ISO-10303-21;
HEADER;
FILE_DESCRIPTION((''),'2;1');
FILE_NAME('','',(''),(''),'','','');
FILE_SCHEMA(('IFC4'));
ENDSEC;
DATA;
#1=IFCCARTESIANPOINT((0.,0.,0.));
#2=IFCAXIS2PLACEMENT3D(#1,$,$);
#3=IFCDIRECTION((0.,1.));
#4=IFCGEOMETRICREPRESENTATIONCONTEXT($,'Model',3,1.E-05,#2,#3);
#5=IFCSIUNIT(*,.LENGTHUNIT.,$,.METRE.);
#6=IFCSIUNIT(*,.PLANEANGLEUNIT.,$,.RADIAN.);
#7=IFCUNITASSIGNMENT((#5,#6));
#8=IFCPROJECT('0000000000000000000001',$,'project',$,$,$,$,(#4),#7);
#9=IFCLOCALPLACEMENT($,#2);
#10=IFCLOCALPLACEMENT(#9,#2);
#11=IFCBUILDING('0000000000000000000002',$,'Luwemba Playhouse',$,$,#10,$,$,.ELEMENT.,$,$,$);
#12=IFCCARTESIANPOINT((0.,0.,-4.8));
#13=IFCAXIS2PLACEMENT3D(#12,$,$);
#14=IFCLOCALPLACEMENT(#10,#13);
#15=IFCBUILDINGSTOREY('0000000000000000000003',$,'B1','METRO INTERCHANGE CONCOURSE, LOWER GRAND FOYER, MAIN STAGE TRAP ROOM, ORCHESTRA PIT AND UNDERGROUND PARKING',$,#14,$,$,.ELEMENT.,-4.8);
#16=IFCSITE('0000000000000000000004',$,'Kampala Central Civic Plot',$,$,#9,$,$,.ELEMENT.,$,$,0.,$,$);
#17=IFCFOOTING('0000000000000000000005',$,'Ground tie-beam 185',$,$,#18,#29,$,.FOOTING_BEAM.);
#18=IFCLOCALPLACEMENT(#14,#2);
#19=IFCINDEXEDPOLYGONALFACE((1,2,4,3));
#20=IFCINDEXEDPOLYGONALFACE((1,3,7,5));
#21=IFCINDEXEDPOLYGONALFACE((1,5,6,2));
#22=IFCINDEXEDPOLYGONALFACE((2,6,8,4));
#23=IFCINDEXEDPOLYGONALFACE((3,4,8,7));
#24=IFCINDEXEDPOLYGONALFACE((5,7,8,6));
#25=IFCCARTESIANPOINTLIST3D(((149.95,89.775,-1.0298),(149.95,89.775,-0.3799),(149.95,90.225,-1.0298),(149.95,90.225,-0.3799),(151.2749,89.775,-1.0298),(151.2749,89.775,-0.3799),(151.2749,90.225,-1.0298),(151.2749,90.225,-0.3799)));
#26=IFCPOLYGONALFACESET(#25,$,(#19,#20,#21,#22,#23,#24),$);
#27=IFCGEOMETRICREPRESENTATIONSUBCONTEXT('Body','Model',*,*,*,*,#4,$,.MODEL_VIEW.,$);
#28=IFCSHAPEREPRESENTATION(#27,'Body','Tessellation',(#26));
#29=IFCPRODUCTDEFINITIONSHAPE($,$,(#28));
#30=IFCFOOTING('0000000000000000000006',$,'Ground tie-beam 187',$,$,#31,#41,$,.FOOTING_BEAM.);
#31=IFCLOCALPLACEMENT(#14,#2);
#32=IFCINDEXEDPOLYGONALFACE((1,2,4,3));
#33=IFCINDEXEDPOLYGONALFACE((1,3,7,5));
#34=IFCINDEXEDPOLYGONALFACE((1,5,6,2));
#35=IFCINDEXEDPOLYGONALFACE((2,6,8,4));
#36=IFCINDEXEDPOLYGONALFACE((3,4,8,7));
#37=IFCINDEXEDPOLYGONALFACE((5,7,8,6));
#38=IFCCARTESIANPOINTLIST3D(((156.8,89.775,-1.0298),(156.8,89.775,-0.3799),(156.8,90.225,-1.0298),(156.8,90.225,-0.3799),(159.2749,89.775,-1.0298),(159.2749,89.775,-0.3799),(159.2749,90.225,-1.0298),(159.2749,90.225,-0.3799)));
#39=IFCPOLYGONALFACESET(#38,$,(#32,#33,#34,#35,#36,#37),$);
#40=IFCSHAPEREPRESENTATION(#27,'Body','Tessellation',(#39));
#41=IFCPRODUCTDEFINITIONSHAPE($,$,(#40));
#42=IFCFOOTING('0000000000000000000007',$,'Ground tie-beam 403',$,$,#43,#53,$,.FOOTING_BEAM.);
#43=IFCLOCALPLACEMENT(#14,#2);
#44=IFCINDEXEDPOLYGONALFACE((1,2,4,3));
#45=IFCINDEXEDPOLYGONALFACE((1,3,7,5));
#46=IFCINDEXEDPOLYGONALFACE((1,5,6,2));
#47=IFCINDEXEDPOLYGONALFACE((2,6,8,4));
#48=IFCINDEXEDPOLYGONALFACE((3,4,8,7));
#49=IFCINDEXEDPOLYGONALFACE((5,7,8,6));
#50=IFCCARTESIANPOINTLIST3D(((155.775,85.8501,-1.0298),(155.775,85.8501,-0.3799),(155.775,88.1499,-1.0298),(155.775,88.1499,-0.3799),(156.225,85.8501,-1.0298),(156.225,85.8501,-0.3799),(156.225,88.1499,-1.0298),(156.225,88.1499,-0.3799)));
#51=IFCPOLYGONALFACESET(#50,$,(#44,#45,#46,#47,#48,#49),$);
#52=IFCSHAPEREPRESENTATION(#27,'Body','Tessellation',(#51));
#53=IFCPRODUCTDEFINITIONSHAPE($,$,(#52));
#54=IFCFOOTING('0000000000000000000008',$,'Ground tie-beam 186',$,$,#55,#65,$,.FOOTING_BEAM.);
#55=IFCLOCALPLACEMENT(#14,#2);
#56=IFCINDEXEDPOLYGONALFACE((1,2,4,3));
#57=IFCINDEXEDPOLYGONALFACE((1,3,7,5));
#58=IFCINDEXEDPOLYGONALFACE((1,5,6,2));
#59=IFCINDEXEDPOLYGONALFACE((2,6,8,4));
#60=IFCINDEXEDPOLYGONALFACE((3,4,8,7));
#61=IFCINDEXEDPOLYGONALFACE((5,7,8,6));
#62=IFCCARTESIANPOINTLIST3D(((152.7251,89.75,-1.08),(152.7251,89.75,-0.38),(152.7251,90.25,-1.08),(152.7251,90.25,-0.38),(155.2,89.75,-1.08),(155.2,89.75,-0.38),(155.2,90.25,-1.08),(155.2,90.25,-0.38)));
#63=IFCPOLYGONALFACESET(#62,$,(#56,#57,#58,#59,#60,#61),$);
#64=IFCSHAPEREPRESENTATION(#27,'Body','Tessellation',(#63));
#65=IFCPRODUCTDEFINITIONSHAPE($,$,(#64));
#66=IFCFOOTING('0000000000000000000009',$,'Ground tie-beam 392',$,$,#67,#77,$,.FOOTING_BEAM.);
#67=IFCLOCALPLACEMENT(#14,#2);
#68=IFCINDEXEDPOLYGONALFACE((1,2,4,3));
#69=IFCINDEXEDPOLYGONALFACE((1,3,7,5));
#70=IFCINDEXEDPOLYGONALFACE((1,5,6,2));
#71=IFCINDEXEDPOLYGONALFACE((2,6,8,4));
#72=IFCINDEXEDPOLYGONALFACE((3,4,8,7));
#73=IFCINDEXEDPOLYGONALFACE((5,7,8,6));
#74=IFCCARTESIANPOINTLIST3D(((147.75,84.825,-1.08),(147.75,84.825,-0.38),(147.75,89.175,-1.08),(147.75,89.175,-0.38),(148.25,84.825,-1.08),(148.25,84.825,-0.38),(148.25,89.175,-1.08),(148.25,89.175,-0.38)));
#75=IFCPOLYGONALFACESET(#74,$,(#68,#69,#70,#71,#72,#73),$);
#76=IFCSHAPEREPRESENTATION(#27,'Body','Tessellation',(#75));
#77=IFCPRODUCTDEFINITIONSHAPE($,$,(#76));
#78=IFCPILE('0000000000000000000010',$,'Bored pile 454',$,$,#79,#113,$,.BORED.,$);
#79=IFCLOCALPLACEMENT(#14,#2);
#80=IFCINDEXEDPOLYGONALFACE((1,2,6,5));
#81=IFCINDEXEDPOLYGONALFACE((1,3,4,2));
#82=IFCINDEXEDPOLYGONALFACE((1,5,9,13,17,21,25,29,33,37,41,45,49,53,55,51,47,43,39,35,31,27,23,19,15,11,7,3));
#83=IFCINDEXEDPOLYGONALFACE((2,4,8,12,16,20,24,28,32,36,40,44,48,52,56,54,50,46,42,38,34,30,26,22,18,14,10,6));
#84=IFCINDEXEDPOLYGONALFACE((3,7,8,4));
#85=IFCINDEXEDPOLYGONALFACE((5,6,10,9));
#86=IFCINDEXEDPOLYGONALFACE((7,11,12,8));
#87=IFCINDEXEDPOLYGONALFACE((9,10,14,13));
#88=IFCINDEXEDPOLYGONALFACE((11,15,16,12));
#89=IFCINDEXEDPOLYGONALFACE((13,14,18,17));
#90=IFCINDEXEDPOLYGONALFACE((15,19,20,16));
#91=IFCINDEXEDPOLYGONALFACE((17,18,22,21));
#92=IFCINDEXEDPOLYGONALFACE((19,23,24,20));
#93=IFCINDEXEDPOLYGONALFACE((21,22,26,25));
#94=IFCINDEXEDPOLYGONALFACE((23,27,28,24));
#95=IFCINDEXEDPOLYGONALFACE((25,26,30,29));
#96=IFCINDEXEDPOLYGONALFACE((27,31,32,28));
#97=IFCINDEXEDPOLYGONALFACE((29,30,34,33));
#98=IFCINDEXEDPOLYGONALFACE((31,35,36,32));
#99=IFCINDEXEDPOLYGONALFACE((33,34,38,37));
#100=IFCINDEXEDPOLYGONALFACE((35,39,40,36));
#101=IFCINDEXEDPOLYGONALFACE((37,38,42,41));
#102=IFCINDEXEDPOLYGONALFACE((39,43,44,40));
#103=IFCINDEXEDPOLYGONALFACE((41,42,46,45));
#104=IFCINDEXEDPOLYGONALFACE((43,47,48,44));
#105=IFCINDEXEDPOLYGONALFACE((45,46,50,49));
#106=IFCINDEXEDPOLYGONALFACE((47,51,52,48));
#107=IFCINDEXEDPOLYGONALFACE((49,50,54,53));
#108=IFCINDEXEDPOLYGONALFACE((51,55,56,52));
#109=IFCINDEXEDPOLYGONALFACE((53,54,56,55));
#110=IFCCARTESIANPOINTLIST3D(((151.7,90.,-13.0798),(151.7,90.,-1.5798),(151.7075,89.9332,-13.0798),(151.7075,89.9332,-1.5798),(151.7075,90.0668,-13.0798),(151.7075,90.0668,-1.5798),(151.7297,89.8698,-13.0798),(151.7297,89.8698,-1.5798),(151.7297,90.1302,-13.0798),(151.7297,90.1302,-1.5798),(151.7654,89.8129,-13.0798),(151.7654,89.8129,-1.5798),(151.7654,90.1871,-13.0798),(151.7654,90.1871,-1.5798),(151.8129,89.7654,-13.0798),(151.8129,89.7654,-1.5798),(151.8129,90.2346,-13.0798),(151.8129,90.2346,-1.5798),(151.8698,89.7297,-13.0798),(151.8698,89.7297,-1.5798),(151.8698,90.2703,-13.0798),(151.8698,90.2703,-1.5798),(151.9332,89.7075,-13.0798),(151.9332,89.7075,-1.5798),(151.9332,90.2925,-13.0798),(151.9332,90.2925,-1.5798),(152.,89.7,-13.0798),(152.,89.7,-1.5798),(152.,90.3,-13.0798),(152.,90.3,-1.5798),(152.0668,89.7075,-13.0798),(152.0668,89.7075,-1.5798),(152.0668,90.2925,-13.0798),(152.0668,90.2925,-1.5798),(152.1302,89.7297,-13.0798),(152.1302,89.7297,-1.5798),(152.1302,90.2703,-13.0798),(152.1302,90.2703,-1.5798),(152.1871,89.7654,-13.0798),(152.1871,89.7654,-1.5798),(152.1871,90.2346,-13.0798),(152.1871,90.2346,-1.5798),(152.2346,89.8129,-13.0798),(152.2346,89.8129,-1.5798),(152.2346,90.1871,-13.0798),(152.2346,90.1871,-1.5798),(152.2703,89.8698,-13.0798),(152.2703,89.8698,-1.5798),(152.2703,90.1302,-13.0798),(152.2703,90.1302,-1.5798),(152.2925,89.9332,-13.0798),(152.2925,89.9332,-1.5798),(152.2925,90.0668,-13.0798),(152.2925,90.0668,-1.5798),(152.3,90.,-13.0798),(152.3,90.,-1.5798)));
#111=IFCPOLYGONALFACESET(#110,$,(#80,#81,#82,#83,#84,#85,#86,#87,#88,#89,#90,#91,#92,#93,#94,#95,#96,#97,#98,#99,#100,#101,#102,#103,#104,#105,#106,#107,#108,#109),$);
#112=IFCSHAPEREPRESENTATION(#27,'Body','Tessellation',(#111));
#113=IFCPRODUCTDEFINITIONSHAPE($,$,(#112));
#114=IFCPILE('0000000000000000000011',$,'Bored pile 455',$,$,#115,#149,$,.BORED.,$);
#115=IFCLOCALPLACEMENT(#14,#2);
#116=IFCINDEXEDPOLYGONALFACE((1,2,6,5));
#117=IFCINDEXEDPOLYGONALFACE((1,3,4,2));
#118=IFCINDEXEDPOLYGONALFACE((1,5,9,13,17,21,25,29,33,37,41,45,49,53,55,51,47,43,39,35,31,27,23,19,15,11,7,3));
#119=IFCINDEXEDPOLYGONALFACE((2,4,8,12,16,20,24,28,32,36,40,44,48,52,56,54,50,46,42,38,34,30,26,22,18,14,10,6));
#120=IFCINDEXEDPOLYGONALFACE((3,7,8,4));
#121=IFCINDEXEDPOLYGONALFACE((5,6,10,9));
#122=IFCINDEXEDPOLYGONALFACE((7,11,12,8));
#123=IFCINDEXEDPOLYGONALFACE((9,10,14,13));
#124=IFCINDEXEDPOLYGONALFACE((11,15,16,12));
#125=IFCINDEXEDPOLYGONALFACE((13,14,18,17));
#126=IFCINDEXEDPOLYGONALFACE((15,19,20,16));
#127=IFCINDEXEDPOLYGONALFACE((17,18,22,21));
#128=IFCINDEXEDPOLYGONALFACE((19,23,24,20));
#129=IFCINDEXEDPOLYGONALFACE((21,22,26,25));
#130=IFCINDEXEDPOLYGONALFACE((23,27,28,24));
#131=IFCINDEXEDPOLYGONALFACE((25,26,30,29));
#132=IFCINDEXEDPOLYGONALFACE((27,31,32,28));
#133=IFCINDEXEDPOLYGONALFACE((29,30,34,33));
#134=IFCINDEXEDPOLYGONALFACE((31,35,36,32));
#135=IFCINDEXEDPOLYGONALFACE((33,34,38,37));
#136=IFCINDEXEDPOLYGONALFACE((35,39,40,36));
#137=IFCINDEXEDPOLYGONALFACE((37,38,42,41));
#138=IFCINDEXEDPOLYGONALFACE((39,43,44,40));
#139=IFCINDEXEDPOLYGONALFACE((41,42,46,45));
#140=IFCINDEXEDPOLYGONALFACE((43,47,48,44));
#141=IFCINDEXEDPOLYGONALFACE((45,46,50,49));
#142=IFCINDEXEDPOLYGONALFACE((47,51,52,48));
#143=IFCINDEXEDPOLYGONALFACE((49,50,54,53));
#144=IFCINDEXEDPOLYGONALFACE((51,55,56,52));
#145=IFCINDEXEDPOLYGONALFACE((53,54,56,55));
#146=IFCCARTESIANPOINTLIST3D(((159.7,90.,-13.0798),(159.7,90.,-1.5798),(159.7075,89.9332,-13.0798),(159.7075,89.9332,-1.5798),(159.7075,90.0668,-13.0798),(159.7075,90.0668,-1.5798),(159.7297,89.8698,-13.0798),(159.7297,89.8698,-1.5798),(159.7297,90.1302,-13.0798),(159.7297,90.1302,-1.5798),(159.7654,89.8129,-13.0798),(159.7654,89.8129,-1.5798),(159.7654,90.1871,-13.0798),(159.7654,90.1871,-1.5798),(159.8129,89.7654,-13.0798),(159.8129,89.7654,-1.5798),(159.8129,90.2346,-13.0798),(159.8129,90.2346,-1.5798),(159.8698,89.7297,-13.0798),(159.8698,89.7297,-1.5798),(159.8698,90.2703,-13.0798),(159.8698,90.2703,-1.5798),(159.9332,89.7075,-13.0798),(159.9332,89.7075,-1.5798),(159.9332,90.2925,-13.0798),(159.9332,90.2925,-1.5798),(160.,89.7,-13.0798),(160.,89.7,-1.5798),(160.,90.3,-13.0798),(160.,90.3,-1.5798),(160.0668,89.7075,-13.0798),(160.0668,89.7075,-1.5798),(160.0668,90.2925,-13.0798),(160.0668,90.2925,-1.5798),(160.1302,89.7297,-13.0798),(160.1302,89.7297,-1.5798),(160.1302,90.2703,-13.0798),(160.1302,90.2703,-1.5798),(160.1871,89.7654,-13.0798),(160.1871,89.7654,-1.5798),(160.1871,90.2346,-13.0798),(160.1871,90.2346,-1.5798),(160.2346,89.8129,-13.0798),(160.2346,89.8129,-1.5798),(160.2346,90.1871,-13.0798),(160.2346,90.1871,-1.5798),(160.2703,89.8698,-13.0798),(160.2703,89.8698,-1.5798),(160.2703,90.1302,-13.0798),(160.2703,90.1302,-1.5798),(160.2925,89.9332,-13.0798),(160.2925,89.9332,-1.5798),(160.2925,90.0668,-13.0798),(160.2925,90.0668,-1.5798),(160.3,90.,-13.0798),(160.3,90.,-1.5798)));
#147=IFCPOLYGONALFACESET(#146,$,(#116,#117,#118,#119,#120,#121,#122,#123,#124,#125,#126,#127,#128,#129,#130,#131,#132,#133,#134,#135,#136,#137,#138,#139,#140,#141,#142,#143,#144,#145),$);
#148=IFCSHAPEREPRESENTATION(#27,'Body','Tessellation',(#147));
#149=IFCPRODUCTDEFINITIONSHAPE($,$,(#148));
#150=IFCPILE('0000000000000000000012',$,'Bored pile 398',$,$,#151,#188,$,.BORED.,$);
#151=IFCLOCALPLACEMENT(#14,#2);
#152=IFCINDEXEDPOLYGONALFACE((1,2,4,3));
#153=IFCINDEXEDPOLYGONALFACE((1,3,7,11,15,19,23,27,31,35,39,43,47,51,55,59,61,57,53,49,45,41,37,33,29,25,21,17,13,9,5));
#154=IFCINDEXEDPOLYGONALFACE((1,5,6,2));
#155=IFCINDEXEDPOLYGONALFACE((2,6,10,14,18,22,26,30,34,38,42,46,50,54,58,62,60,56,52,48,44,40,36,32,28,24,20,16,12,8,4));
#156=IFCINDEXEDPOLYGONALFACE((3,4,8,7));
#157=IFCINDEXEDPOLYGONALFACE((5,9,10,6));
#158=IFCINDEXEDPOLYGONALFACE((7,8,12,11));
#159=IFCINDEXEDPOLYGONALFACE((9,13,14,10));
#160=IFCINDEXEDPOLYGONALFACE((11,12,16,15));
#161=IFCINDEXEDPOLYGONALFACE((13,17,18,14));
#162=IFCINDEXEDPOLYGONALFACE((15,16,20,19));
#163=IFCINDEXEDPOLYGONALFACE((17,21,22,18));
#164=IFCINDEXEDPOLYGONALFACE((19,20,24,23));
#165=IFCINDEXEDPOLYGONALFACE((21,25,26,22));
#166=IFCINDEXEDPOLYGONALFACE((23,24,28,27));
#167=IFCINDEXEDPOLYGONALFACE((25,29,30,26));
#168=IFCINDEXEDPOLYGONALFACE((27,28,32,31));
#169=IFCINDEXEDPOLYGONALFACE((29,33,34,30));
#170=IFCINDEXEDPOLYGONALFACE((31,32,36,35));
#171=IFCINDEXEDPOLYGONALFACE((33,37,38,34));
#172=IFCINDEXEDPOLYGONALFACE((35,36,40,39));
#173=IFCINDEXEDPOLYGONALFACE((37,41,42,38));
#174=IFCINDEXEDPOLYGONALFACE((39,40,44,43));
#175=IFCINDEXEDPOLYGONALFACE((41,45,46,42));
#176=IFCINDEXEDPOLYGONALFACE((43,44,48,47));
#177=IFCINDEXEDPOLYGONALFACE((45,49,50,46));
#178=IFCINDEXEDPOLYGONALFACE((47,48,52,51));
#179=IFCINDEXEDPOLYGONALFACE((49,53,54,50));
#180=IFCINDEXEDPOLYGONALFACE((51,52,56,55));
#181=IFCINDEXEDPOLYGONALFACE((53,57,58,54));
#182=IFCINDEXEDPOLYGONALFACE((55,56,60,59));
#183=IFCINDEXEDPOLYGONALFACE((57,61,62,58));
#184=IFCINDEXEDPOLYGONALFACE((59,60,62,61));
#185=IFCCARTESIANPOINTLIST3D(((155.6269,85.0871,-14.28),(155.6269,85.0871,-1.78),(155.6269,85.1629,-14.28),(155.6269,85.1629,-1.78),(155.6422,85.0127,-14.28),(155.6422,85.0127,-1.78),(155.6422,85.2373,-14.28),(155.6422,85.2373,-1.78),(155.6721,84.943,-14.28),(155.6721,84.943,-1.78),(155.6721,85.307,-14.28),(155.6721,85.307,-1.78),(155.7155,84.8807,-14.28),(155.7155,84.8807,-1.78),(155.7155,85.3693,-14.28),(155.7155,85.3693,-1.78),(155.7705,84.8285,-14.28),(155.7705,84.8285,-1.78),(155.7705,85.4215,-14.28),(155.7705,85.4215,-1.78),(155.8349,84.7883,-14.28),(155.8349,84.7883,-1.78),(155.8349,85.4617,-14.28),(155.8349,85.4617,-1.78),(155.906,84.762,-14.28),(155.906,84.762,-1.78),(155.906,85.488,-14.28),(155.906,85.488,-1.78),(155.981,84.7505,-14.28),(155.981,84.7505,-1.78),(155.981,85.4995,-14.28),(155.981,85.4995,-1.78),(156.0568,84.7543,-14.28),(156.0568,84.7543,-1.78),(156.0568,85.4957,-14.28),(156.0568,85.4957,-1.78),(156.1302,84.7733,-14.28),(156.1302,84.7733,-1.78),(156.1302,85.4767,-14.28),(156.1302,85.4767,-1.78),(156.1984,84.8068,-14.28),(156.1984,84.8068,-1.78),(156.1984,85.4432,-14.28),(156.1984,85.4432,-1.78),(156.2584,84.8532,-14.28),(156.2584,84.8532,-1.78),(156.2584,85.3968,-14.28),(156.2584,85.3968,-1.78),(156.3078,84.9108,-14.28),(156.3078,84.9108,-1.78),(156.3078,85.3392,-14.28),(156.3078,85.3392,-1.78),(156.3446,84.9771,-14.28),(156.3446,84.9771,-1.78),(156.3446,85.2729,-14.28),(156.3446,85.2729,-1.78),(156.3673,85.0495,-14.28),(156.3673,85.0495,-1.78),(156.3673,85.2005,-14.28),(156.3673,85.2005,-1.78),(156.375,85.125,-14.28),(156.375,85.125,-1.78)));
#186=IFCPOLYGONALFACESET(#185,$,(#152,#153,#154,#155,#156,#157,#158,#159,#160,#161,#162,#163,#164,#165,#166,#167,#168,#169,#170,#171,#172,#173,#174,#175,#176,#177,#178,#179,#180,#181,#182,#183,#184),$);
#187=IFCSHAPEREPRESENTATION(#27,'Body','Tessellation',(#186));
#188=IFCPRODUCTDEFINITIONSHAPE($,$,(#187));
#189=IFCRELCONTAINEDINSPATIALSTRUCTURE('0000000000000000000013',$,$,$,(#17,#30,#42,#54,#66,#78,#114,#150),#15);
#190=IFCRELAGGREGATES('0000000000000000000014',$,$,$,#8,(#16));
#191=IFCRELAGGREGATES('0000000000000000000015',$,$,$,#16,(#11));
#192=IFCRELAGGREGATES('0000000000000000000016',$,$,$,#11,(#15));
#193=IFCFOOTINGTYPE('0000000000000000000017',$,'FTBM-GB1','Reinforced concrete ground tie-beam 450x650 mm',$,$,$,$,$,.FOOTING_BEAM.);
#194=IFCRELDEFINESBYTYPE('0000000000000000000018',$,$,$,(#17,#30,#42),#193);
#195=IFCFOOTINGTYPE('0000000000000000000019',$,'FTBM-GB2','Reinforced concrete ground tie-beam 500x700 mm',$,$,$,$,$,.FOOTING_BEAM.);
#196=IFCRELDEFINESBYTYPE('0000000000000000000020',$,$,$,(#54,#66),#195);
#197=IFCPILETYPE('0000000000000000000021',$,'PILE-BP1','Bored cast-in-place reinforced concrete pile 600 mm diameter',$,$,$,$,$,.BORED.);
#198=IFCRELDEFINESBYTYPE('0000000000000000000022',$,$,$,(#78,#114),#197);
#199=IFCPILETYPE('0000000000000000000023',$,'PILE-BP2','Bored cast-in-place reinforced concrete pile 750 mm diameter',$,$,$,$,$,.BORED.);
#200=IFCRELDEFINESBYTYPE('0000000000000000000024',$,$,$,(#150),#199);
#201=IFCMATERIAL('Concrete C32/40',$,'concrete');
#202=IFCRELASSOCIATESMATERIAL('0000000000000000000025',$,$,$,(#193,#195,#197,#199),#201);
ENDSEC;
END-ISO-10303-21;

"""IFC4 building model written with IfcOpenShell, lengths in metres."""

from ifc_helpers import new_model, si_unit, direction, frame, origin, origin_2d, place, context, subcontext, project, spatial, rectangle, circle, extrude, material, material_profile, profile_set, type_object, element, save


model = new_model("IFC4")

# Units and contexts
model_context = context("Model", 3, precision=1e-05, world=origin(), true_north=direction((0.0, 1.0)))
body_context = subcontext(model_context, "Body", "Model", "MODEL_VIEW")
ifc_project = project(units=[si_unit("LENGTHUNIT", "METRE"), si_unit("PLANEANGLEUNIT", "RADIAN")], contexts=[model_context])

# Site, building, storey
site_placement = place(None, origin())
site = spatial("IfcSite", under=ifc_project, at=site_placement, Name="Kampala Central Civic Plot", CompositionType="ELEMENT", RefElevation=0.0)
building_placement = place(site_placement, origin())
building = spatial("IfcBuilding", under=site, at=building_placement, Name="Luwemba Playhouse", CompositionType="ELEMENT")
storey_placement = place(building_placement, frame((0.0, 0.0, -4.8)))
storey = spatial("IfcBuildingStorey", under=building, at=storey_placement, Name="B1", Description="METRO INTERCHANGE CONCOURSE, LOWER GRAND FOYER, MAIN STAGE TRAP ROOM, ORCHESTRA PIT AND UNDERGROUND PARKING", CompositionType="ELEMENT", Elevation=-4.8)

# Footings
ifc_material_1 = material(Name="Concrete C32/40", Category="concrete")
ifc_material_profile_1 = material_profile(ifc_material_1, rectangle(XDim=0.45, YDim=0.6499, at=origin_2d()))
ifc_profile_set_1 = profile_set([ifc_material_profile_1], Name="Concrete C32/40")
footing_type_1 = type_object("IfcFootingType", Name="FTBM-GB1", Description="Reinforced concrete ground tie-beam 450x650 mm", PredefinedType="FOOTING_BEAM", material=ifc_profile_set_1)
footing_1_placement = place(storey_placement, frame((149.95, 90.0, -0.7048), z_axis=(1.0, 0.0, 0.0), x_axis=(0.0, 1.0, 0.0)))
element("IfcFooting", 1, at=footing_1_placement, inside=storey, type_object=footing_type_1, Name="Ground tie-beam 185", PredefinedType="FOOTING_BEAM", context=body_context, shape_type="SweptSolid", body=[
    extrude(rectangle(XDim=0.45, YDim=0.6499, at=origin_2d()), origin(), (0.0, 0.0, 1.0), 1.325),
])
footing_2_placement = place(storey_placement, frame((156.8, 90.0, -0.7048), z_axis=(1.0, 0.0, 0.0), x_axis=(0.0, 1.0, 0.0)))
element("IfcFooting", 2, at=footing_2_placement, inside=storey, type_object=footing_type_1, Name="Ground tie-beam 187", PredefinedType="FOOTING_BEAM", context=body_context, shape_type="SweptSolid", body=[
    extrude(rectangle(XDim=0.45, YDim=0.6499, at=origin_2d()), origin(), (0.0, 0.0, 1.0), 2.4749),
])
footing_3_placement = place(storey_placement, frame((156.0, 85.8501, -0.7048), z_axis=(0.0, 1.0, 0.0), x_axis=(-1.0, 0.0, 0.0)))
element("IfcFooting", 3, at=footing_3_placement, inside=storey, type_object=footing_type_1, Name="Ground tie-beam 403", PredefinedType="FOOTING_BEAM", context=body_context, shape_type="SweptSolid", body=[
    extrude(rectangle(XDim=0.45, YDim=0.6499, at=origin_2d()), origin(), (0.0, 0.0, 1.0), 2.2998),
])
ifc_material_profile_2 = material_profile(ifc_material_1, rectangle(XDim=0.5, YDim=0.7, at=origin_2d()))
ifc_profile_set_2 = profile_set([ifc_material_profile_2], Name="Concrete C32/40")
footing_type_2 = type_object("IfcFootingType", Name="FTBM-GB2", Description="Reinforced concrete ground tie-beam 500x700 mm", PredefinedType="FOOTING_BEAM", material=ifc_profile_set_2)
footing_4_placement = place(storey_placement, frame((152.7251, 90.0, -0.73), z_axis=(1.0, 0.0, 0.0), x_axis=(0.0, 1.0, 0.0)))
element("IfcFooting", 4, at=footing_4_placement, inside=storey, type_object=footing_type_2, Name="Ground tie-beam 186", PredefinedType="FOOTING_BEAM", context=body_context, shape_type="SweptSolid", body=[
    extrude(rectangle(XDim=0.5, YDim=0.7, at=origin_2d()), origin(), (0.0, 0.0, 1.0), 2.4749),
])
footing_5_placement = place(storey_placement, frame((148.0, 84.825, -0.73), z_axis=(0.0, 1.0, 0.0), x_axis=(-1.0, 0.0, 0.0)))
element("IfcFooting", 5, at=footing_5_placement, inside=storey, type_object=footing_type_2, Name="Ground tie-beam 392", PredefinedType="FOOTING_BEAM", context=body_context, shape_type="SweptSolid", body=[
    extrude(rectangle(XDim=0.5, YDim=0.7, at=origin_2d()), origin(), (0.0, 0.0, 1.0), 4.3501),
])

# Piles
ifc_material_profile_3 = material_profile(ifc_material_1, circle(Radius=0.3, at=origin_2d()))
ifc_profile_set_3 = profile_set([ifc_material_profile_3], Name="Concrete C32/40")
pile_type_1 = type_object("IfcPileType", Name="PILE-BP1", Description="Bored cast-in-place reinforced concrete pile 600 mm diameter", PredefinedType="BORED", material=ifc_profile_set_3)
for number, where, z_axis, x_axis, name in (
    (6, (152.0, 90.0, -1.5798), (0.0, 0.0, -1.0), (1.0, 0.0, 0.0), "Bored pile 454"),
    (7, (160.0, 90.0, -1.5798), (0.0, 0.0, -1.0), (1.0, 0.0, 0.0), "Bored pile 455"),
):
    element("IfcPile", number, at=place(storey_placement, frame(where, z_axis=z_axis, x_axis=x_axis)), inside=storey, type_object=pile_type_1, Name=name, PredefinedType="BORED", context=body_context, shape_type="SweptSolid", body=[
        extrude(circle(Radius=0.3, at=origin_2d()), origin(), (0.0, 0.0, 1.0), 11.5),
    ])
ifc_material_profile_4 = material_profile(ifc_material_1, circle(Radius=0.375, at=origin_2d()))
ifc_profile_set_4 = profile_set([ifc_material_profile_4], Name="Concrete C32/40")
pile_type_2 = type_object("IfcPileType", Name="PILE-BP2", Description="Bored cast-in-place reinforced concrete pile 750 mm diameter", PredefinedType="BORED", material=ifc_profile_set_4)
for number, where, z_axis, x_axis, name in (
    (8, (156.0, 85.125, -1.78), (0.0, 0.0, -1.0), (1.0, 0.0, 0.0), "Bored pile 398"),
):
    element("IfcPile", number, at=place(storey_placement, frame(where, z_axis=z_axis, x_axis=x_axis)), inside=storey, type_object=pile_type_2, Name=name, PredefinedType="BORED", context=body_context, shape_type="SweptSolid", body=[
        extrude(circle(Radius=0.375, at=origin_2d()), origin(), (0.0, 0.0, 1.0), 12.5),
    ])

save(model, "model.ifc")
